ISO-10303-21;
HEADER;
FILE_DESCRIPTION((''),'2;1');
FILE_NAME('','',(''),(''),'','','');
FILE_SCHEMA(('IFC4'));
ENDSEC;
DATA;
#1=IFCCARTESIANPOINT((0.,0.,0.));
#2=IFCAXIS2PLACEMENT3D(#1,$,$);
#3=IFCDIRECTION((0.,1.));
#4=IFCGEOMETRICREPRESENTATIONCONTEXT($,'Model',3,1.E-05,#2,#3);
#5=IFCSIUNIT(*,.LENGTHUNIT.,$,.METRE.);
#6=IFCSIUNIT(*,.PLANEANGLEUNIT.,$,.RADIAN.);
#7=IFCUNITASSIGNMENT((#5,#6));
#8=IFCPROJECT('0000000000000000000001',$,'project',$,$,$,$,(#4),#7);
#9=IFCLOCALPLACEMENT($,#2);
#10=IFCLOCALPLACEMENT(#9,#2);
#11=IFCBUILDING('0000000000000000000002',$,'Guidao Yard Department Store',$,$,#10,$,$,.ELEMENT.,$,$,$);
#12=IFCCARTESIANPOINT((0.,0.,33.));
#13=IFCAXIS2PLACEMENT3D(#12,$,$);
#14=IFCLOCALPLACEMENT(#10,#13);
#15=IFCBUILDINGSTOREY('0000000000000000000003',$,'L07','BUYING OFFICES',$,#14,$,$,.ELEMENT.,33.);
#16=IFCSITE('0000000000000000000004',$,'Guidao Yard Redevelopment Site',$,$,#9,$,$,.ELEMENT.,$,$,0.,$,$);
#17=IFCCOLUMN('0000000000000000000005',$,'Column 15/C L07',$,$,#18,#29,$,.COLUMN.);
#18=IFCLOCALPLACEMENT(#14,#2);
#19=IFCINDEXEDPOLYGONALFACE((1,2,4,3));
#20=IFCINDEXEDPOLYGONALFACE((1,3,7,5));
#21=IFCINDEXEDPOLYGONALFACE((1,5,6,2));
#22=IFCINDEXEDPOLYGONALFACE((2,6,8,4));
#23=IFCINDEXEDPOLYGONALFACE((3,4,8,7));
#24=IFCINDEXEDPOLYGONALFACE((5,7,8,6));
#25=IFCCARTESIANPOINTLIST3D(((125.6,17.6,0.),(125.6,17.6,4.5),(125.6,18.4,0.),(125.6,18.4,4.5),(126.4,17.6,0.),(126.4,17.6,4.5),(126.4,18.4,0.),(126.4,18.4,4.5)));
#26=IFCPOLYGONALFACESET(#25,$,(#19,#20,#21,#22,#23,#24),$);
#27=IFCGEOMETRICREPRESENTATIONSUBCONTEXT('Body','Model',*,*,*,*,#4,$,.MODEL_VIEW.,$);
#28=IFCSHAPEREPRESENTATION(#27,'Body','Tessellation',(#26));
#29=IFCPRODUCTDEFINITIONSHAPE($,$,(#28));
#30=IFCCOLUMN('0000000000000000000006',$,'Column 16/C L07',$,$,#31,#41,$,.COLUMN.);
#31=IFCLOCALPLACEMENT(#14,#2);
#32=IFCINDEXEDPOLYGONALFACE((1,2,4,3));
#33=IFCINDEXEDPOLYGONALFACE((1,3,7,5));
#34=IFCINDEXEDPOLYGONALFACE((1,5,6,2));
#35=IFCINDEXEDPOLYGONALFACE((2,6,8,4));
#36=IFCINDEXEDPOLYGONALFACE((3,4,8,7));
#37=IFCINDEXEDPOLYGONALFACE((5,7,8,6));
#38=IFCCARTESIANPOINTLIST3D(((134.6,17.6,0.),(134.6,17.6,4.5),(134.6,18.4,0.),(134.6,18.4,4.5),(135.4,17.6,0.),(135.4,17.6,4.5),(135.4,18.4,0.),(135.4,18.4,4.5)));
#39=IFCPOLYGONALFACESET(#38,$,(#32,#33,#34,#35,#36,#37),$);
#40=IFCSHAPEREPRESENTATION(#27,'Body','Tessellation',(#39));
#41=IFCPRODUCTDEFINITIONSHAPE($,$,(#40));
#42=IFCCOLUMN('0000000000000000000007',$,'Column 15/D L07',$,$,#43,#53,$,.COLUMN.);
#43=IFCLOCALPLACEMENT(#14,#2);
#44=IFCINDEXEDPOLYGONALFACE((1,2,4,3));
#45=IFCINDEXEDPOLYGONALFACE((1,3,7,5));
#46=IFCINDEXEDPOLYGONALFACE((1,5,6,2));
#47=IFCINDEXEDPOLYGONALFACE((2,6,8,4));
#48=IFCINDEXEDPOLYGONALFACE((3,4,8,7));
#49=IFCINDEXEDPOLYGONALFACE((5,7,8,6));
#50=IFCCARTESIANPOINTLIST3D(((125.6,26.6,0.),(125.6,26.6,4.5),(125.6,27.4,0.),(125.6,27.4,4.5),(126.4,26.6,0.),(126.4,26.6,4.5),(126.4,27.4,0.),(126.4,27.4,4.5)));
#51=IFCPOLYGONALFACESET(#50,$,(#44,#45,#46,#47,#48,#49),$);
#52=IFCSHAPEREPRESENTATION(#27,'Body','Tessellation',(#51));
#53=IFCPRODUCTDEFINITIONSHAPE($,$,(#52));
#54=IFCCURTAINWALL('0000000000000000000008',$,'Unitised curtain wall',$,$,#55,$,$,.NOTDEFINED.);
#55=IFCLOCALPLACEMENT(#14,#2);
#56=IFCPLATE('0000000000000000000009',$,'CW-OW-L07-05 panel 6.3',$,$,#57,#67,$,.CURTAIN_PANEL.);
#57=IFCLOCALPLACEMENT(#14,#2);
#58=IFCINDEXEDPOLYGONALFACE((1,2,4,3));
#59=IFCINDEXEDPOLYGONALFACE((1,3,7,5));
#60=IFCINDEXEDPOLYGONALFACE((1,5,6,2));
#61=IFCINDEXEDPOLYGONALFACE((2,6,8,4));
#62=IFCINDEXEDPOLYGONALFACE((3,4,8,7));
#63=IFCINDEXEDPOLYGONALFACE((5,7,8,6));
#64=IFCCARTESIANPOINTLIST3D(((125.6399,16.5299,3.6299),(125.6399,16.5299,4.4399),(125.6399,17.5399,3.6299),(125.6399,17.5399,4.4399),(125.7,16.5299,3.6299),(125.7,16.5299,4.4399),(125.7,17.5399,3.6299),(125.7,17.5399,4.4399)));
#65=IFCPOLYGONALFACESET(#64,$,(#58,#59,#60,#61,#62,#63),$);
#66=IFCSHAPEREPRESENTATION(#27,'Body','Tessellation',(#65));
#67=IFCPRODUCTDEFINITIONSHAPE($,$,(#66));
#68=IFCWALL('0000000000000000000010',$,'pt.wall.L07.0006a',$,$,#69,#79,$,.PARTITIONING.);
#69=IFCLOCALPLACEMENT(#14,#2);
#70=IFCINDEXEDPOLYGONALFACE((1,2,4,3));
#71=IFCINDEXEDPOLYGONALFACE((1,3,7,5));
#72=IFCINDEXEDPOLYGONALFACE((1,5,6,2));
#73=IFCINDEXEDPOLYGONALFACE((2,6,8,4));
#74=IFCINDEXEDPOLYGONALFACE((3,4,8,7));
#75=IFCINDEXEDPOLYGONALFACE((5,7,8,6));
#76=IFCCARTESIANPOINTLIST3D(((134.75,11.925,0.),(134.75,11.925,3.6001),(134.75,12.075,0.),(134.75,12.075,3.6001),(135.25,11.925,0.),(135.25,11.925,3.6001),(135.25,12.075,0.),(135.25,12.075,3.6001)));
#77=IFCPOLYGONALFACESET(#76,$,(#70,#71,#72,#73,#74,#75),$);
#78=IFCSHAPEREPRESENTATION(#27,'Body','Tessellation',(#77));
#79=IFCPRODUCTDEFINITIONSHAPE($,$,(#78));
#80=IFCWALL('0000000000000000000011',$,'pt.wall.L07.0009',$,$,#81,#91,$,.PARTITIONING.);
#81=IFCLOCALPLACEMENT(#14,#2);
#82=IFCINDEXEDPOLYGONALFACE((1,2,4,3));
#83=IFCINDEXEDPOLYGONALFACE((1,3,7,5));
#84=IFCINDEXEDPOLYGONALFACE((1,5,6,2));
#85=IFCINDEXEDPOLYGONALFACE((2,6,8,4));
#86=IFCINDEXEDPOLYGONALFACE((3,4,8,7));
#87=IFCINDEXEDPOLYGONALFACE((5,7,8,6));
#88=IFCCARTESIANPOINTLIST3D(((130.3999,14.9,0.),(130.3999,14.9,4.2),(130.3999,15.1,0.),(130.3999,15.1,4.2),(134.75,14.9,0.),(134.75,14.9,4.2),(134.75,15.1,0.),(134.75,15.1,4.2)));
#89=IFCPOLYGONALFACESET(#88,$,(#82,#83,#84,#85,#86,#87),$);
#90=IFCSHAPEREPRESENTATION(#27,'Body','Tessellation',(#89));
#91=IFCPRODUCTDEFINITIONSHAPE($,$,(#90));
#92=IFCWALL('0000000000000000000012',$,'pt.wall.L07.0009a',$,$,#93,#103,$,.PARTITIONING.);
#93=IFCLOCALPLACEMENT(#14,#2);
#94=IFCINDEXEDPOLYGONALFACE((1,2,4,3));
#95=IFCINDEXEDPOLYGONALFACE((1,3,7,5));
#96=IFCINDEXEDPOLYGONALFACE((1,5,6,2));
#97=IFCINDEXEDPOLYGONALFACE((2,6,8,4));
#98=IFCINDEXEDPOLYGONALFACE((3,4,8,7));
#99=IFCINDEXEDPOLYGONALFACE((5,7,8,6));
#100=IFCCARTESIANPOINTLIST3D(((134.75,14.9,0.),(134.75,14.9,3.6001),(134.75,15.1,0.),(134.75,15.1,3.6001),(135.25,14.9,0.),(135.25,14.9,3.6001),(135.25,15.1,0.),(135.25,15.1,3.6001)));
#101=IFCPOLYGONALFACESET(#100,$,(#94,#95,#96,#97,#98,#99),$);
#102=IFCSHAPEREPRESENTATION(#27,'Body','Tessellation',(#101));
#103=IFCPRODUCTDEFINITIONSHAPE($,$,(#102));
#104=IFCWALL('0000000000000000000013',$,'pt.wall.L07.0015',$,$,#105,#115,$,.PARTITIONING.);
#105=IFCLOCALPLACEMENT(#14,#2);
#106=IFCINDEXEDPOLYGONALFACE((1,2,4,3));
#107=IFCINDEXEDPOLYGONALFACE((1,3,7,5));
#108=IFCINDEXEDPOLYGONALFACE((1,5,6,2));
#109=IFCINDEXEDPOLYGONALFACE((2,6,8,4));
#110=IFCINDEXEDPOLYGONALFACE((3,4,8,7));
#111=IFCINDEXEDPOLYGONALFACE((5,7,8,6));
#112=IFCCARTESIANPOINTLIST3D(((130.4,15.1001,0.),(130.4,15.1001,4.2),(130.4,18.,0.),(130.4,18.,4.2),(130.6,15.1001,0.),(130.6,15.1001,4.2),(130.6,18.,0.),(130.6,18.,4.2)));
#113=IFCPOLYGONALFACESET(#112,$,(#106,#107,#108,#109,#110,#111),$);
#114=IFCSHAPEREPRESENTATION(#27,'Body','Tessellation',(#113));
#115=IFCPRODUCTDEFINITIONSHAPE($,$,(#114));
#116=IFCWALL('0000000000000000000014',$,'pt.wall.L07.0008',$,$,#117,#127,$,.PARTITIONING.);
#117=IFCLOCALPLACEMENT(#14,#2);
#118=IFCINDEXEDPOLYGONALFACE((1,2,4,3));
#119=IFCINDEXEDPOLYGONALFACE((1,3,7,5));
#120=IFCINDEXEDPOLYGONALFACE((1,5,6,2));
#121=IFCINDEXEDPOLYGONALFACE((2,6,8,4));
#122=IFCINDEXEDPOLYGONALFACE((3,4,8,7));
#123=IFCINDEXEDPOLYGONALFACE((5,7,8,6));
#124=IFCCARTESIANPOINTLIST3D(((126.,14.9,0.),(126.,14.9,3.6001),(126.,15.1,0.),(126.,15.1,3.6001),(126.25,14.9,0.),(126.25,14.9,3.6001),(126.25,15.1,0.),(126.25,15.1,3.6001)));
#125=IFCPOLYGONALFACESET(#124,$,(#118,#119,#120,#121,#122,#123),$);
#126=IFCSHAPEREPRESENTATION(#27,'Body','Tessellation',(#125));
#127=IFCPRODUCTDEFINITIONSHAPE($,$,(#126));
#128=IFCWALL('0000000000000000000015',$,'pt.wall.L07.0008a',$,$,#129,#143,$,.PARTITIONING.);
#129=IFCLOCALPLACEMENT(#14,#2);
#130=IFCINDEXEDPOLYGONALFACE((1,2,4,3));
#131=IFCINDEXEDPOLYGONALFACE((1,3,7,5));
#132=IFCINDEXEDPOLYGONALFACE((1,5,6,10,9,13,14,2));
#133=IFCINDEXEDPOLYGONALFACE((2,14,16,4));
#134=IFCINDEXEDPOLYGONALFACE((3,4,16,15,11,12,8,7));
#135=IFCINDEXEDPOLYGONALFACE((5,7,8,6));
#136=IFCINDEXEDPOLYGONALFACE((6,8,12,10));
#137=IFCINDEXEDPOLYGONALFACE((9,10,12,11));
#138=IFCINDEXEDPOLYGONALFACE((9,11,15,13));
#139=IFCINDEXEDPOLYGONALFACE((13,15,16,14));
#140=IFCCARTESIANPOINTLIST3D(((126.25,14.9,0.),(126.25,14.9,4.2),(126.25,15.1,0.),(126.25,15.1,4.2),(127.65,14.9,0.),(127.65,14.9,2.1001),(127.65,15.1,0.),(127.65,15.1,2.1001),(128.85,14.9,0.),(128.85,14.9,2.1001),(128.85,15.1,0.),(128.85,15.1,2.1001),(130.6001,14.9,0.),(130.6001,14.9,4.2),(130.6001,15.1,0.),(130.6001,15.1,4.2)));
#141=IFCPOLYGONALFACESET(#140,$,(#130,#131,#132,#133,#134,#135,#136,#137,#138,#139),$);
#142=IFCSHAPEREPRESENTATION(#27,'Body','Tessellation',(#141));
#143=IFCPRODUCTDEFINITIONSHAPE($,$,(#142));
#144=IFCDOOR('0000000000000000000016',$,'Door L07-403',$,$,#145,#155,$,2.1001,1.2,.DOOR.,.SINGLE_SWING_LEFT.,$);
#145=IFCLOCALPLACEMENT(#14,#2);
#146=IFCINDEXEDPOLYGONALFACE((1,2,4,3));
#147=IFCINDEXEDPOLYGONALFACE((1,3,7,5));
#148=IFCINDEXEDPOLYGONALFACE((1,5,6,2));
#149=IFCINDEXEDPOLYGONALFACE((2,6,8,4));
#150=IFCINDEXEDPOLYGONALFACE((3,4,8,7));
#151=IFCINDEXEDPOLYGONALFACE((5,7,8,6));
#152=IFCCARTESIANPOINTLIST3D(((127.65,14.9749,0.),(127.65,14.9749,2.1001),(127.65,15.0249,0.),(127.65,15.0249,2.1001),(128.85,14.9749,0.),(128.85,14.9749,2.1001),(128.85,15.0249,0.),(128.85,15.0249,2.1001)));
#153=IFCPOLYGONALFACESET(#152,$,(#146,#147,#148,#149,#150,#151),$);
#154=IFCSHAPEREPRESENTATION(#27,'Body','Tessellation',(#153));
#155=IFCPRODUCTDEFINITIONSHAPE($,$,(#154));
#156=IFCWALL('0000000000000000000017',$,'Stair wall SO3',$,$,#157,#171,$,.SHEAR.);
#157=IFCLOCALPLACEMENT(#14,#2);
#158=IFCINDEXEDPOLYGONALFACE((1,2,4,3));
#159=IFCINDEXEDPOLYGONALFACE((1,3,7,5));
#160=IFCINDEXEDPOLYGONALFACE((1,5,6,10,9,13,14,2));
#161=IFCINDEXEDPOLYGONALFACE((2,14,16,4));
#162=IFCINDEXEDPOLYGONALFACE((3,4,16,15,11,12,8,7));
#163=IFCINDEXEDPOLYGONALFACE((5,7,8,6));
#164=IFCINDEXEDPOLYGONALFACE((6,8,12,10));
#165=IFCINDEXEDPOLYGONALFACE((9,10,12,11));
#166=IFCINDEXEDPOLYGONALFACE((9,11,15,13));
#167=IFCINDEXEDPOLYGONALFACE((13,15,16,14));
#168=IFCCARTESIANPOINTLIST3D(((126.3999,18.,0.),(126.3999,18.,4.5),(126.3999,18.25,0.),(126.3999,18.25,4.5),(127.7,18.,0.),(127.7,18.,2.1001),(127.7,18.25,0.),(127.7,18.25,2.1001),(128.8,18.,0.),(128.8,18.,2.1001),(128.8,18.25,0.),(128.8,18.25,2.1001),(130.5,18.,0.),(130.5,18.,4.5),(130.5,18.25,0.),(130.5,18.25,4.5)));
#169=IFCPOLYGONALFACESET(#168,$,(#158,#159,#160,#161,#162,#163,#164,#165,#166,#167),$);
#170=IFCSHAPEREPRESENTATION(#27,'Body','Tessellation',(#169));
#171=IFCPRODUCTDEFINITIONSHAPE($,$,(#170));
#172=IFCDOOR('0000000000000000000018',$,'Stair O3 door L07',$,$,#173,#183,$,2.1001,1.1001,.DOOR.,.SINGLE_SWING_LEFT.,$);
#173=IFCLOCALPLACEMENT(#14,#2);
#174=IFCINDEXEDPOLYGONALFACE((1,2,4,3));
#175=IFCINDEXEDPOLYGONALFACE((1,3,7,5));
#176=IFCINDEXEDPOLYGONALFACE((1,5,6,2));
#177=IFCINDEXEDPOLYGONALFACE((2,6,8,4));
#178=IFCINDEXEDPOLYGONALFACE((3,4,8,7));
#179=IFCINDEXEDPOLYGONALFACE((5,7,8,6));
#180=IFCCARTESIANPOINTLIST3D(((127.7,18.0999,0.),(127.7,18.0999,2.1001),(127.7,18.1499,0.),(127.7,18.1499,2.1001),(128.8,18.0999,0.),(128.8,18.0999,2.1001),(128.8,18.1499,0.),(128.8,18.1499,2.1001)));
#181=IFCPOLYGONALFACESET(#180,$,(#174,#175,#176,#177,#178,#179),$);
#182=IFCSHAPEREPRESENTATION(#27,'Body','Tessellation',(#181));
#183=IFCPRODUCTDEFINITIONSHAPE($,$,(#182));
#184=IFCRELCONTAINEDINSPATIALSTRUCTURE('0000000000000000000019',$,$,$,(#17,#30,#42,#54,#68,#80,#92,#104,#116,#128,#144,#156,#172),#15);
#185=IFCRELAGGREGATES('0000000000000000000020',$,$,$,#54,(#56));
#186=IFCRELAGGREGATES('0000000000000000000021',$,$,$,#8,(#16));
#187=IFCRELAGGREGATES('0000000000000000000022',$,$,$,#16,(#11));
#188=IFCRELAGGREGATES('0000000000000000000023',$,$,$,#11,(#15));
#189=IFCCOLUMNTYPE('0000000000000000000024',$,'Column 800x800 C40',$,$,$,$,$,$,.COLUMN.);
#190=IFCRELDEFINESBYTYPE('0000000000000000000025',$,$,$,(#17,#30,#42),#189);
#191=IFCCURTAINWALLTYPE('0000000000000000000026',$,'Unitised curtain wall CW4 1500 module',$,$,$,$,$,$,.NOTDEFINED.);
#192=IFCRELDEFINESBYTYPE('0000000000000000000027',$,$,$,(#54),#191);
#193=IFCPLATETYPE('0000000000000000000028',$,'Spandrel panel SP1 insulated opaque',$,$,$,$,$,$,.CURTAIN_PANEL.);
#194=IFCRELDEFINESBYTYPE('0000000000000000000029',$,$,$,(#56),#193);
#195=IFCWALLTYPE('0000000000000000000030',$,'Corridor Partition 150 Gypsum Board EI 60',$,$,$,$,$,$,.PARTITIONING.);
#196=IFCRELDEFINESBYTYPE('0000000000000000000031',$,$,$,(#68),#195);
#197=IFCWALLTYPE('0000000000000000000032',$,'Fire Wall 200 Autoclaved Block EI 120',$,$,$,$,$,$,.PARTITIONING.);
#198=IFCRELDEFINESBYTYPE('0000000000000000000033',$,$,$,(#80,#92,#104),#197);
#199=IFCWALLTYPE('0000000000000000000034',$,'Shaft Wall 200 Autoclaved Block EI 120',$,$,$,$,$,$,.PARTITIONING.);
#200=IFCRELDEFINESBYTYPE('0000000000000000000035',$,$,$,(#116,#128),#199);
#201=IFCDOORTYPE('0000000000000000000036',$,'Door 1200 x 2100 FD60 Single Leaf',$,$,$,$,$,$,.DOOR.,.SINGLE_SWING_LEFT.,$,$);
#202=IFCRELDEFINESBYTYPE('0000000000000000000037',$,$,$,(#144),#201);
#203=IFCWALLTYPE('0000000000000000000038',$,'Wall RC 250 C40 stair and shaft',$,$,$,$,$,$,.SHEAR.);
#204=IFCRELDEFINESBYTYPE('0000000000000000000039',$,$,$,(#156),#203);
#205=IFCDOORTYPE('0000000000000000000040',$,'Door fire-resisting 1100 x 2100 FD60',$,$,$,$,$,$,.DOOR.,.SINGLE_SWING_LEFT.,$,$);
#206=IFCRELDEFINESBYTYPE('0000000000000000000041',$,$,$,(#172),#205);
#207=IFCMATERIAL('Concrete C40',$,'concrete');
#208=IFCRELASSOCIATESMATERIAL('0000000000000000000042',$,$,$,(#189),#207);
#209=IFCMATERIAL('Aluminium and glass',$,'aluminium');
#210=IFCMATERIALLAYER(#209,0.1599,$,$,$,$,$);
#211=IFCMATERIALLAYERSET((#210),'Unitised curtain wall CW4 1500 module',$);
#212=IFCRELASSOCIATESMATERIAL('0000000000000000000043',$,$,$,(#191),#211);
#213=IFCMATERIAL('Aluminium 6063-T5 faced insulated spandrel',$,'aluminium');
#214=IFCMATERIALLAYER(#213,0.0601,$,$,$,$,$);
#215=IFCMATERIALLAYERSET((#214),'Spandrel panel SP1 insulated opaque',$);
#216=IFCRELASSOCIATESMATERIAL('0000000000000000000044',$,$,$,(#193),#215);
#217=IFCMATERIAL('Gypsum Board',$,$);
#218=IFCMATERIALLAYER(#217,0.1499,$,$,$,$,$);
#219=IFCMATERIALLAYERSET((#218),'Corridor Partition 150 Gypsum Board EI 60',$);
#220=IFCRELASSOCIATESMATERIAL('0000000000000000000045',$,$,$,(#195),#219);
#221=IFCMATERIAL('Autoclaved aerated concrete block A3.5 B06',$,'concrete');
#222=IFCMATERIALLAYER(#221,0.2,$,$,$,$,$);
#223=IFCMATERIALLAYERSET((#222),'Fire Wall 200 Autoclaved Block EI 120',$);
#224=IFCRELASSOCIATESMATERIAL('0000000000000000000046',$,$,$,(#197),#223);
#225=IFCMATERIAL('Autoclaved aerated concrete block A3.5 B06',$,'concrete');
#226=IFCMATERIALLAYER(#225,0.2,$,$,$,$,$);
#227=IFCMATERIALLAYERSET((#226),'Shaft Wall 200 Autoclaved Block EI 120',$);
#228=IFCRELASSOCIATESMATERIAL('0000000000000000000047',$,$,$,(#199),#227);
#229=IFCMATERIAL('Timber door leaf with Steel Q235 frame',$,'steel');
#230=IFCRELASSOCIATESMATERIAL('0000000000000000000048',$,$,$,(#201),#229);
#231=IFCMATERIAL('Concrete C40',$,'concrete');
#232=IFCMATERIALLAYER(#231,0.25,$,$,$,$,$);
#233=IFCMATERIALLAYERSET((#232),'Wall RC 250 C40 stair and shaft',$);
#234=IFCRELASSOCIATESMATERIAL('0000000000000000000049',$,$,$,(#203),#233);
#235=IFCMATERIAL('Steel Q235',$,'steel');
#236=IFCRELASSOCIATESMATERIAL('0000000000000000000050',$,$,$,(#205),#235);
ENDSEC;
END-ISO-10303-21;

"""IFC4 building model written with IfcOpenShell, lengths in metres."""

from ifc_helpers import new_model, si_unit, direction, frame, frame_2d, origin, origin_2d, place, context, subcontext, project, spatial, rectangle, extrude, material, layer, layer_set, material_profile, profile_set, type_object, element, fill, aggregate, save


model = new_model("IFC4")

# Units and contexts
model_context = context("Model", 3, precision=1e-05, world=origin(), true_north=direction((0.0, 1.0)))
body_context = subcontext(model_context, "Body", "Model", "MODEL_VIEW")
ifc_project = project(units=[si_unit("LENGTHUNIT", "METRE"), si_unit("PLANEANGLEUNIT", "RADIAN")], contexts=[model_context])

# Site, building, storey
site_placement = place(None, origin())
site = spatial("IfcSite", under=ifc_project, at=site_placement, Name="Guidao Yard Redevelopment Site", CompositionType="ELEMENT", RefElevation=0.0)
building_placement = place(site_placement, origin())
building = spatial("IfcBuilding", under=site, at=building_placement, Name="Guidao Yard Department Store", CompositionType="ELEMENT")
storey_placement = place(building_placement, frame((0.0, 0.0, 33.0)))
storey = spatial("IfcBuildingStorey", under=building, at=storey_placement, Name="L07", Description="BUYING OFFICES", CompositionType="ELEMENT", Elevation=33.0)

# Columns
ifc_material_1 = material(Name="Concrete C40", Category="concrete")
ifc_material_profile = material_profile(ifc_material_1, rectangle(XDim=0.8, YDim=0.8, at=origin_2d()), Name="COL 800x800")
ifc_profile_set = profile_set([ifc_material_profile], Name="Concrete C40")
column_type = type_object("IfcColumnType", Name="Column 800x800 C40", PredefinedType="COLUMN", material=ifc_profile_set)
for number, where, z_axis, x_axis, name in (
    (1, (126.0, 18.0, 0.0), (0.0, 0.0, 1.0), (1.0, 0.0, 0.0), "Column 15/C L07"),
    (2, (135.0, 18.0, 0.0), (0.0, 0.0, 1.0), (1.0, 0.0, 0.0), "Column 16/C L07"),
    (3, (126.0, 27.0, 0.0), (0.0, 0.0, 1.0), (1.0, 0.0, 0.0), "Column 15/D L07"),
):
    element("IfcColumn", number, at=place(storey_placement, frame(where, z_axis=z_axis, x_axis=x_axis)), inside=storey, type_object=column_type, Name=name, PredefinedType="COLUMN", context=body_context, shape_type="SweptSolid", body=[
        extrude(rectangle(XDim=0.8, YDim=0.8, at=origin_2d()), origin(), (0.0, 0.0, 1.0), 4.5),
    ])

# Curtain wall, plate
ifc_material_2 = material(Name="Aluminium and glass", Category="aluminium")
ifc_layer_1 = layer(ifc_material_2, 0.1599)
ifc_layer_set_1 = layer_set([ifc_layer_1], Name="Unitised curtain wall CW4 1500 module")
curtain_wall_type = type_object("IfcCurtainWallType", Name="Unitised curtain wall CW4 1500 module", PredefinedType="NOTDEFINED", material=ifc_layer_set_1)
curtain_wall_placement = place(storey_placement, origin())
curtain_wall = element("IfcCurtainWall", 4, at=curtain_wall_placement, inside=storey, type_object=curtain_wall_type, Name="Unitised curtain wall", PredefinedType="NOTDEFINED")
ifc_material_3 = material(Name="Aluminium 6063-T5 faced insulated spandrel", Category="aluminium")
ifc_layer_2 = layer(ifc_material_3, 0.0601)
ifc_layer_set_2 = layer_set([ifc_layer_2], Name="Spandrel panel SP1 insulated opaque")
plate_type = type_object("IfcPlateType", Name="Spandrel panel SP1 insulated opaque", PredefinedType="CURTAIN_PANEL", material=ifc_layer_set_2)
plate_placement = place(storey_placement, frame((125.6699, 17.0349, 3.6299), z_axis=(0.0, 0.0, 1.0), x_axis=(0.0, 1.0, 0.0)))
plate = element("IfcPlate", 5, at=plate_placement, type_object=plate_type, Name="CW-OW-L07-05 panel 6.3", PredefinedType="CURTAIN_PANEL", context=body_context, shape_type="SweptSolid", body=[
    extrude(rectangle(XDim=1.01, YDim=0.0601, at=origin_2d()), origin(), (0.0, 0.0, 1.0), 0.8101),
])
aggregate(curtain_wall, [plate])

# Walls
ifc_material_4 = material(Name="Gypsum Board")
ifc_layer_3 = layer(ifc_material_4, 0.1499)
ifc_layer_set_3 = layer_set([ifc_layer_3], Name="Corridor Partition 150 Gypsum Board EI 60")
wall_type_1 = type_object("IfcWallType", Name="Corridor Partition 150 Gypsum Board EI 60", PredefinedType="PARTITIONING", material=ifc_layer_set_3)
wall_1_placement = place(storey_placement, frame((134.75, 12.0, 0.0), z_axis=(0.0, 0.0, 1.0), x_axis=(1.0, 0.0, 0.0)))
element("IfcWall", 6, at=wall_1_placement, inside=storey, type_object=wall_type_1, Name="pt.wall.L07.0006a", PredefinedType="PARTITIONING", context=body_context, shape_type="SweptSolid", body=[
    extrude(rectangle(XDim=0.5, YDim=0.1499, at=frame_2d((0.25, 0.0))), origin(), (0.0, 0.0, 1.0), 3.6001),
])
ifc_material_5 = material(Name="Autoclaved aerated concrete block A3.5 B06", Category="concrete")
ifc_layer_4 = layer(ifc_material_5, 0.2)
ifc_layer_set_4 = layer_set([ifc_layer_4], Name="Fire Wall 200 Autoclaved Block EI 120")
wall_type_2 = type_object("IfcWallType", Name="Fire Wall 200 Autoclaved Block EI 120", PredefinedType="PARTITIONING", material=ifc_layer_set_4)
wall_2_placement = place(storey_placement, frame((130.3999, 15.0, 0.0), z_axis=(0.0, 0.0, 1.0), x_axis=(1.0, 0.0, 0.0)))
element("IfcWall", 7, at=wall_2_placement, inside=storey, type_object=wall_type_2, Name="pt.wall.L07.0009", PredefinedType="PARTITIONING", context=body_context, shape_type="SweptSolid", body=[
    extrude(rectangle(XDim=4.3501, YDim=0.2, at=frame_2d((2.175, 0.0))), origin(), (0.0, 0.0, 1.0), 4.2),
])
wall_3_placement = place(storey_placement, frame((134.75, 15.0, 0.0), z_axis=(0.0, 0.0, 1.0), x_axis=(1.0, 0.0, 0.0)))
element("IfcWall", 8, at=wall_3_placement, inside=storey, type_object=wall_type_2, Name="pt.wall.L07.0009a", PredefinedType="PARTITIONING", context=body_context, shape_type="SweptSolid", body=[
    extrude(rectangle(XDim=0.5, YDim=0.2, at=frame_2d((0.25, 0.0))), origin(), (0.0, 0.0, 1.0), 3.6001),
])
wall_4_placement = place(storey_placement, frame((130.5, 15.1001, 0.0), z_axis=(0.0, 0.0, 1.0), x_axis=(0.0, 1.0, 0.0)))
element("IfcWall", 9, at=wall_4_placement, inside=storey, type_object=wall_type_2, Name="pt.wall.L07.0015", PredefinedType="PARTITIONING", context=body_context, shape_type="SweptSolid", body=[
    extrude(rectangle(XDim=2.8999, YDim=0.2, at=frame_2d((1.45, 0.0))), origin(), (0.0, 0.0, 1.0), 4.2),
])
ifc_material_6 = material(Name="Autoclaved aerated concrete block A3.5 B06", Category="concrete")
ifc_layer_5 = layer(ifc_material_6, 0.2)
ifc_layer_set_5 = layer_set([ifc_layer_5], Name="Shaft Wall 200 Autoclaved Block EI 120")
wall_type_3 = type_object("IfcWallType", Name="Shaft Wall 200 Autoclaved Block EI 120", PredefinedType="PARTITIONING", material=ifc_layer_set_5)
wall_5_placement = place(storey_placement, frame((126.0, 15.0, 0.0), z_axis=(0.0, 0.0, 1.0), x_axis=(1.0, 0.0, 0.0)))
element("IfcWall", 10, at=wall_5_placement, inside=storey, type_object=wall_type_3, Name="pt.wall.L07.0008", PredefinedType="PARTITIONING", context=body_context, shape_type="SweptSolid", body=[
    extrude(rectangle(XDim=0.25, YDim=0.2, at=frame_2d((0.125, 0.0))), origin(), (0.0, 0.0, 1.0), 3.6001),
])

# Walls, openings, doors
wall_6_placement = place(storey_placement, frame((126.25, 15.0, 0.0), z_axis=(0.0, 0.0, 1.0), x_axis=(1.0, 0.0, 0.0)))
wall_6 = element("IfcWall", 11, at=wall_6_placement, inside=storey, type_object=wall_type_3, Name="pt.wall.L07.0008a", PredefinedType="PARTITIONING", context=body_context, shape_type="SweptSolid", body=[
    extrude(rectangle(XDim=4.3501, YDim=0.2, at=frame_2d((2.175, 0.0))), origin(), (0.0, 0.0, 1.0), 4.2),
])
opening_1_placement = place(wall_6_placement, frame((1.3999, 0.0, 0.0)))
opening_1 = element("IfcOpeningElement", 12, at=opening_1_placement, cuts=wall_6, PredefinedType="OPENING", context=body_context, shape_type="SweptSolid", body=[
    extrude(rectangle(XDim=1.2, YDim=2.1001, at=frame_2d((0.6001, 1.05))), frame((0.0, 0.1099, 0.0), z_axis=(0.0, -1.0, 0.0), x_axis=(1.0, 0.0, 0.0)), (0.0, 0.0, 1.0), 0.22),
])
ifc_material_7 = material(Name="Timber door leaf with Steel Q235 frame", Category="steel")
door_type_1 = type_object("IfcDoorType", Name="Door 1200 x 2100 FD60 Single Leaf", OperationType="SINGLE_SWING_LEFT", PredefinedType="DOOR", material=ifc_material_7)
door_1_placement = place(opening_1_placement, origin())
door_1 = element("IfcDoor", 13, at=door_1_placement, inside=storey, type_object=door_type_1, Name="Door L07-403", OperationType="SINGLE_SWING_LEFT", OverallHeight=2.1001, OverallWidth=1.2, PredefinedType="DOOR", context=body_context, shape_type="SweptSolid", body=[
    extrude(rectangle(XDim=1.2, YDim=2.1001, at=frame_2d((0.6001, 1.05))), frame((0.0, 0.0249, 0.0), z_axis=(0.0, -1.0, 0.0), x_axis=(1.0, 0.0, 0.0)), (0.0, 0.0, 1.0), 0.05),
])
fill(opening_1, door_1)
ifc_material_8 = material(Name="Concrete C40", Category="concrete")
ifc_layer_6 = layer(ifc_material_8, 0.25)
ifc_layer_set_6 = layer_set([ifc_layer_6], Name="Wall RC 250 C40 stair and shaft")
wall_type_4 = type_object("IfcWallType", Name="Wall RC 250 C40 stair and shaft", PredefinedType="SHEAR", material=ifc_layer_set_6)
wall_7_placement = place(storey_placement, frame((126.3999, 18.125, 0.0), z_axis=(0.0, 0.0, 1.0), x_axis=(1.0, 0.0, 0.0)))
wall_7 = element("IfcWall", 14, at=wall_7_placement, inside=storey, type_object=wall_type_4, Name="Stair wall SO3", PredefinedType="SHEAR", context=body_context, shape_type="SweptSolid", body=[
    extrude(rectangle(XDim=4.1001, YDim=0.25, at=frame_2d((2.05, 0.0))), origin(), (0.0, 0.0, 1.0), 4.5),
])
opening_2_placement = place(wall_7_placement, frame((1.3, 0.0, 0.0)))
opening_2 = element("IfcOpeningElement", 15, at=opening_2_placement, cuts=wall_7, PredefinedType="OPENING", context=body_context, shape_type="SweptSolid", body=[
    extrude(rectangle(XDim=1.1001, YDim=2.1001, at=frame_2d((0.55, 1.05))), frame((0.0, 0.135, 0.0), z_axis=(0.0, -1.0, 0.0), x_axis=(1.0, 0.0, 0.0)), (0.0, 0.0, 1.0), 0.27),
])
ifc_material_9 = material(Name="Steel Q235", Category="steel")
door_type_2 = type_object("IfcDoorType", Name="Door fire-resisting 1100 x 2100 FD60", OperationType="SINGLE_SWING_LEFT", PredefinedType="DOOR", material=ifc_material_9)
door_2_placement = place(opening_2_placement, origin())
door_2 = element("IfcDoor", 16, at=door_2_placement, inside=storey, type_object=door_type_2, Name="Stair O3 door L07", OperationType="SINGLE_SWING_LEFT", OverallHeight=2.1001, OverallWidth=1.1001, PredefinedType="DOOR", context=body_context, shape_type="SweptSolid", body=[
    extrude(rectangle(XDim=1.1001, YDim=2.1001, at=frame_2d((0.55, 1.05))), frame((0.0, 0.0249, 0.0), z_axis=(0.0, -1.0, 0.0), x_axis=(1.0, 0.0, 0.0)), (0.0, 0.0, 1.0), 0.05),
])
fill(opening_2, door_2)

save(model, "model.ifc")
